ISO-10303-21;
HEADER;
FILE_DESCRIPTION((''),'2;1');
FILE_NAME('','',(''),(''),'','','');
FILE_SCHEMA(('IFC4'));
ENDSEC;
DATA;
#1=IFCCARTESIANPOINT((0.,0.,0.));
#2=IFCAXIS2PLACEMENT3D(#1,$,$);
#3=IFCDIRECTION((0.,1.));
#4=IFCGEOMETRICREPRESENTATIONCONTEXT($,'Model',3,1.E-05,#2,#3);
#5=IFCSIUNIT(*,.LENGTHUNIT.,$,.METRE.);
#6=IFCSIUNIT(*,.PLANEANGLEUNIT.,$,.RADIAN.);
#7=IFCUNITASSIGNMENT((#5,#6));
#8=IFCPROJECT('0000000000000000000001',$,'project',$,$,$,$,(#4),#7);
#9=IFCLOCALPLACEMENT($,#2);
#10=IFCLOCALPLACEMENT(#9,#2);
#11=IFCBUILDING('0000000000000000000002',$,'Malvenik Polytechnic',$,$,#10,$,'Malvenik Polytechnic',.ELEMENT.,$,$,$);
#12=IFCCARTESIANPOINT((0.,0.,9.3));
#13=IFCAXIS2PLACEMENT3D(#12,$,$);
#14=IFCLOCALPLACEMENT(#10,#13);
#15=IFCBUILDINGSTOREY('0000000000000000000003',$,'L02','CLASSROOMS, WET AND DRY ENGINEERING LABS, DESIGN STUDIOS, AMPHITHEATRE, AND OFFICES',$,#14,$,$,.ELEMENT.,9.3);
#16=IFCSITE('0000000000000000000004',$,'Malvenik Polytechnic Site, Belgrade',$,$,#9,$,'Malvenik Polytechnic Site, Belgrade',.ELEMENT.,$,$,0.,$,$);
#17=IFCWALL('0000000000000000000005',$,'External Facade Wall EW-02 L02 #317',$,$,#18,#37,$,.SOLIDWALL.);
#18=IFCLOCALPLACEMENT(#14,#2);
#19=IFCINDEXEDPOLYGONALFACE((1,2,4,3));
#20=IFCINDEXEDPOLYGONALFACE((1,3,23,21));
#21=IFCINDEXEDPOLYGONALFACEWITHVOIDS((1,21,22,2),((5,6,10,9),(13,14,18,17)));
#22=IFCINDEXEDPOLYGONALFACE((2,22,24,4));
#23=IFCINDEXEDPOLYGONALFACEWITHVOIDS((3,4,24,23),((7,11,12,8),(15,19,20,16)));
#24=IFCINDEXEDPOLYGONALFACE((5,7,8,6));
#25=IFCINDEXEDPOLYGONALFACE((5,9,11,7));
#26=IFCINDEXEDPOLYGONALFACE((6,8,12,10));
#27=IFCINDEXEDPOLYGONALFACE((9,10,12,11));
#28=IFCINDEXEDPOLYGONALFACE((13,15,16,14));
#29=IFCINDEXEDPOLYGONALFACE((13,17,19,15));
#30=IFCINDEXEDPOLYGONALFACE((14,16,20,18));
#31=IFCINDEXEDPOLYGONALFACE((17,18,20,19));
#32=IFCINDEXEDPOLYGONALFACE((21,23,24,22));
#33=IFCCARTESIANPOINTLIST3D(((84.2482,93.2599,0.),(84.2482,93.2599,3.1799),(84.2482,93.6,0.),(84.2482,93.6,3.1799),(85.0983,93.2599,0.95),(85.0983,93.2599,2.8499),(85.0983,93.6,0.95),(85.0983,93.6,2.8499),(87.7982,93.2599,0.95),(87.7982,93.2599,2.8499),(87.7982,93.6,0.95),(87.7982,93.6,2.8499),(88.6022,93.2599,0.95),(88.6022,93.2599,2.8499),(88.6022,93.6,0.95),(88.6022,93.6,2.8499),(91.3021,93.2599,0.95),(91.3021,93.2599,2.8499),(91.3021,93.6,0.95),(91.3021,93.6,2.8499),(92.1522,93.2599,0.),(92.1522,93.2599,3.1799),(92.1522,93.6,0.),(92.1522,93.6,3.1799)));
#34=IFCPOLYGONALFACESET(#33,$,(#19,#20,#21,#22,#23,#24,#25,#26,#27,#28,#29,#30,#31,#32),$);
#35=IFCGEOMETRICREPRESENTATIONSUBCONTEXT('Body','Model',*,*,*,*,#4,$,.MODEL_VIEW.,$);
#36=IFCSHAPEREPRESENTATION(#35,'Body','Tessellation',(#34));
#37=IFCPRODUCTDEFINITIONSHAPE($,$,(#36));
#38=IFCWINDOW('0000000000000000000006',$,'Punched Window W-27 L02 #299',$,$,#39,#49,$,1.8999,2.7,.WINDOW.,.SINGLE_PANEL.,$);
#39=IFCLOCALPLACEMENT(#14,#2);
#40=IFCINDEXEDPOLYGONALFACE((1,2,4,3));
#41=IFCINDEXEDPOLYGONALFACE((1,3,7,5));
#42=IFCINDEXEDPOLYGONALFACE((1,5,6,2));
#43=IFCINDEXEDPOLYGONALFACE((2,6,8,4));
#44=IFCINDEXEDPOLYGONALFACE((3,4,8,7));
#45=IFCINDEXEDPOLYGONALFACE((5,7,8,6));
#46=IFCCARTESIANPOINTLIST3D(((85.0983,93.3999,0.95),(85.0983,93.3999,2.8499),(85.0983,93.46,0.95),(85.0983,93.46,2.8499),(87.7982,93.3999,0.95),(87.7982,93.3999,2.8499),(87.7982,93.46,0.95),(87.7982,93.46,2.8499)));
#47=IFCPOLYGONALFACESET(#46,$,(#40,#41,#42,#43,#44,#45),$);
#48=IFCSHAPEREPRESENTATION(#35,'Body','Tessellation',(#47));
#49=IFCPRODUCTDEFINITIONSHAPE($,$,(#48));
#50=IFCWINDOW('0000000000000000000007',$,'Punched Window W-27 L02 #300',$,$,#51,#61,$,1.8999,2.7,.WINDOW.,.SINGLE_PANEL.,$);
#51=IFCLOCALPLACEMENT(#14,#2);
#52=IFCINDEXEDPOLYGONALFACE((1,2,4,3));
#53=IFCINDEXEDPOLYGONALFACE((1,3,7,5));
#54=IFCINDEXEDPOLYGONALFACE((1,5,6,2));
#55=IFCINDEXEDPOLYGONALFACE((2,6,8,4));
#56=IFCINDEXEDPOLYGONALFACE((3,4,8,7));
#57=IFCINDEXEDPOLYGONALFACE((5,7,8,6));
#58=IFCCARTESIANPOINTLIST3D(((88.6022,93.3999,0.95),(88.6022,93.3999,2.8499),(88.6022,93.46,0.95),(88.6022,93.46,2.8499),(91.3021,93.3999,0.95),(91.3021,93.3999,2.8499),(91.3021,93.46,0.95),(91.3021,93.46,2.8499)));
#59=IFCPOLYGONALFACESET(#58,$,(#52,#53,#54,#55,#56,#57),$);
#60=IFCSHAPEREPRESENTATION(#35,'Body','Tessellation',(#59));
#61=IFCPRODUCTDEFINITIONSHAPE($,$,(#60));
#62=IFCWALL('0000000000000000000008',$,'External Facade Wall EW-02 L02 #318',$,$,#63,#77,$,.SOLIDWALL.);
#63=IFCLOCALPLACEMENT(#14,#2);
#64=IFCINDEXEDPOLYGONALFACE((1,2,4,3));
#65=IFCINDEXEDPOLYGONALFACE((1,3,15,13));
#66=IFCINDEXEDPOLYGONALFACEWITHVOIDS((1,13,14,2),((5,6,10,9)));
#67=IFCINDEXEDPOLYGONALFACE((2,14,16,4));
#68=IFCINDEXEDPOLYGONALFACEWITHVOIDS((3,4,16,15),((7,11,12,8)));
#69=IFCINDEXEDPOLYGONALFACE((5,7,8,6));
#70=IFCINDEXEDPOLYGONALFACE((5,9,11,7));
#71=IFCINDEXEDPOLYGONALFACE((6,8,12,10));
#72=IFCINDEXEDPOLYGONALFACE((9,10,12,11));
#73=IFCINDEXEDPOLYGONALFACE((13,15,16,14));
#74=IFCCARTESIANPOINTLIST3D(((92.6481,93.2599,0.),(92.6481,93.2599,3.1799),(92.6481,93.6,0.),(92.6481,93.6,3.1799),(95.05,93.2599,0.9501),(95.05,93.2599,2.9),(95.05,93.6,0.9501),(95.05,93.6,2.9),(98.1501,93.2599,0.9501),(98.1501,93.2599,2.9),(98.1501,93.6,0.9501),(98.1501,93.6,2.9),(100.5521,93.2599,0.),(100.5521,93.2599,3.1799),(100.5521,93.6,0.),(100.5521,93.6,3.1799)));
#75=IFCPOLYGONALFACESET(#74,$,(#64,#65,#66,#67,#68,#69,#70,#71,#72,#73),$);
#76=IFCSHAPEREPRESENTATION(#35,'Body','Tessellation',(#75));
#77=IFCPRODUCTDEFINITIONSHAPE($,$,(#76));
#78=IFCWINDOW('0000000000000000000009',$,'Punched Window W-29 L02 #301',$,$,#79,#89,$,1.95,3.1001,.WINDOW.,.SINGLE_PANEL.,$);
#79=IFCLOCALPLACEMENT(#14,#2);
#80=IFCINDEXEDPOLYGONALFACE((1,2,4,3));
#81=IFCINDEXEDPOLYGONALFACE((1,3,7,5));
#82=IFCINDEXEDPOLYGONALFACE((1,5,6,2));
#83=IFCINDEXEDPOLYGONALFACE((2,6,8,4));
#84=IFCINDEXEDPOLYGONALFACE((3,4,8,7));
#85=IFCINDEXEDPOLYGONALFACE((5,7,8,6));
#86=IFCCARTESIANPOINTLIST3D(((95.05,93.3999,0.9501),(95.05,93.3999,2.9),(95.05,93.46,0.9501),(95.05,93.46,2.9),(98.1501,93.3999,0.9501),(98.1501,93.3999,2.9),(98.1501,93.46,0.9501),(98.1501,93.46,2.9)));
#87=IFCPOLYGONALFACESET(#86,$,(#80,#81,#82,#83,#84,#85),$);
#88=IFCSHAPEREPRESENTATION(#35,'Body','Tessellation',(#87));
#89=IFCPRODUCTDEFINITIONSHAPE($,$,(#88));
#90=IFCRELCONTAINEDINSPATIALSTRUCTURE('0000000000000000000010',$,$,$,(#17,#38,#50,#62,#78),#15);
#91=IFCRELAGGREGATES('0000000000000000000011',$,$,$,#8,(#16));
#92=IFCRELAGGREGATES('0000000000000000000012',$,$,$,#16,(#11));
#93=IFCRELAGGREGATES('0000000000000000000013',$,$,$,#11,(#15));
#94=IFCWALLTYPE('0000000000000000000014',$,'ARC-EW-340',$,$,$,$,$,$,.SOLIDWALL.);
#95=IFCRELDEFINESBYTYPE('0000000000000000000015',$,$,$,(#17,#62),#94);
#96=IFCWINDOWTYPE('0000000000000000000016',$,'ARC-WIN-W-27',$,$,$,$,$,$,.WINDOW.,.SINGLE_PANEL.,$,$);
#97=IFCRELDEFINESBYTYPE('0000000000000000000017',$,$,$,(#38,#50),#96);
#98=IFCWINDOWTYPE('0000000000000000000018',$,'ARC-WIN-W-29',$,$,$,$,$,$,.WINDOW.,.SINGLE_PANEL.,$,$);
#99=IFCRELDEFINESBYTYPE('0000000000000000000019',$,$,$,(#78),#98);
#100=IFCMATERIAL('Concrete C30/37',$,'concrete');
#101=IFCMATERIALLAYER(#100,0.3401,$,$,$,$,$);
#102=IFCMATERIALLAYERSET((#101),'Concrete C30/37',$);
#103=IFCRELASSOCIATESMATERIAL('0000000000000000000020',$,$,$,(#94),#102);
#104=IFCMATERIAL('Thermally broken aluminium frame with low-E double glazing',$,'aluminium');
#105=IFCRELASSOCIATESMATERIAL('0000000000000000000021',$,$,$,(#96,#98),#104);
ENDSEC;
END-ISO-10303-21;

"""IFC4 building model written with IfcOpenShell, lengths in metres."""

from ifc_helpers import new_model, si_unit, direction, frame, frame_2d, origin, place, context, subcontext, project, spatial, rectangle, extrude, material, layer, layer_set, type_object, element, fill, save


model = new_model("IFC4")

# Units and contexts
model_context = context("Model", 3, precision=1e-05, world=origin(), true_north=direction((0.0, 1.0)))
body_context = subcontext(model_context, "Body", "Model", "MODEL_VIEW")
ifc_project = project(units=[si_unit("LENGTHUNIT", "METRE"), si_unit("PLANEANGLEUNIT", "RADIAN")], contexts=[model_context])

# Site, building, storey
site_placement = place(None, origin())
site = spatial("IfcSite", under=ifc_project, at=site_placement, Name="Malvenik Polytechnic Site, Belgrade", LongName="Malvenik Polytechnic Site, Belgrade", CompositionType="ELEMENT", RefElevation=0.0)
building_placement = place(site_placement, origin())
building = spatial("IfcBuilding", under=site, at=building_placement, Name="Malvenik Polytechnic", LongName="Malvenik Polytechnic", CompositionType="ELEMENT")
storey_placement = place(building_placement, frame((0.0, 0.0, 9.3)))
storey = spatial("IfcBuildingStorey", under=building, at=storey_placement, Name="L02", Description="CLASSROOMS, WET AND DRY ENGINEERING LABS, DESIGN STUDIOS, AMPHITHEATRE, AND OFFICES", CompositionType="ELEMENT", Elevation=9.3)

# Shared definitions
ifc_material_1 = material(Name="Concrete C30/37", Category="concrete")

# Wall, openings, windows
ifc_layer_1 = layer(ifc_material_1, 0.3401)
ifc_layer_set_1 = layer_set([ifc_layer_1], Name="Concrete C30/37")
wall_type = type_object("IfcWallType", Name="ARC-EW-340", PredefinedType="SOLIDWALL", material=ifc_layer_set_1)
wall_1_placement = place(storey_placement, frame((84.248, 93.4299, 0.0), z_axis=(0.0, 0.0, 1.0), x_axis=(1.0, 0.0, 0.0)))
wall_1 = element("IfcWall", 1, at=wall_1_placement, inside=storey, type_object=wall_type, Name="External Facade Wall EW-02 L02 #317", PredefinedType="SOLIDWALL", context=body_context, shape_type="SweptSolid", body=[
    extrude(rectangle(XDim=7.9041, YDim=0.3401, at=frame_2d((3.9521, 0.0))), origin(), (0.0, 0.0, 1.0), 3.1799),
])
opening_1_placement = place(wall_1_placement, frame((0.8501, 0.0, 0.95)))
opening_1 = element("IfcOpeningElement", 2, at=opening_1_placement, cuts=wall_1, PredefinedType="OPENING", context=body_context, shape_type="SweptSolid", body=[
    extrude(rectangle(XDim=2.7, YDim=1.8999, at=frame_2d((1.3501, 0.95))), frame((0.0, 0.1802, 0.0), z_axis=(0.0, -1.0, 0.0), x_axis=(1.0, 0.0, 0.0)), (0.0, 0.0, 1.0), 0.3601),
])
opening_2_placement = place(wall_1_placement, frame((4.354, 0.0, 0.95)))
opening_2 = element("IfcOpeningElement", 3, at=opening_2_placement, cuts=wall_1, PredefinedType="OPENING", context=body_context, shape_type="SweptSolid", body=[
    extrude(rectangle(XDim=2.7, YDim=1.8999, at=frame_2d((1.3501, 0.95))), frame((0.0, 0.1802, 0.0), z_axis=(0.0, -1.0, 0.0), x_axis=(1.0, 0.0, 0.0)), (0.0, 0.0, 1.0), 0.3601),
])
ifc_material_2 = material(Name="Thermally broken aluminium frame with low-E double glazing", Category="aluminium")
window_type_1 = type_object("IfcWindowType", Name="ARC-WIN-W-27", PartitioningType="SINGLE_PANEL", PredefinedType="WINDOW", material=ifc_material_2)
window_1_placement = place(opening_1_placement, origin())
window_1 = element("IfcWindow", 4, at=window_1_placement, inside=storey, type_object=window_type_1, Name="Punched Window W-27 L02 #299", OverallHeight=1.8999, OverallWidth=2.7, PartitioningType="SINGLE_PANEL", PredefinedType="WINDOW", context=body_context, shape_type="SweptSolid", body=[
    extrude(rectangle(XDim=2.7, YDim=1.8999, at=frame_2d((1.3501, 0.95))), frame((0.0, 0.03, 0.0), z_axis=(0.0, -1.0, 0.0), x_axis=(1.0, 0.0, 0.0)), (0.0, 0.0, 1.0), 0.0601),
])
fill(opening_1, window_1)
window_2_placement = place(opening_2_placement, origin())
window_2 = element("IfcWindow", 5, at=window_2_placement, inside=storey, type_object=window_type_1, Name="Punched Window W-27 L02 #300", OverallHeight=1.8999, OverallWidth=2.7, PartitioningType="SINGLE_PANEL", PredefinedType="WINDOW", context=body_context, shape_type="SweptSolid", body=[
    extrude(rectangle(XDim=2.7, YDim=1.8999, at=frame_2d((1.3501, 0.95))), frame((0.0, 0.03, 0.0), z_axis=(0.0, -1.0, 0.0), x_axis=(1.0, 0.0, 0.0)), (0.0, 0.0, 1.0), 0.0601),
])
fill(opening_2, window_2)

# Wall, opening, window
wall_2_placement = place(storey_placement, frame((92.6479, 93.4299, 0.0), z_axis=(0.0, 0.0, 1.0), x_axis=(1.0, 0.0, 0.0)))
wall_2 = element("IfcWall", 6, at=wall_2_placement, inside=storey, type_object=wall_type, Name="External Facade Wall EW-02 L02 #318", PredefinedType="SOLIDWALL", context=body_context, shape_type="SweptSolid", body=[
    extrude(rectangle(XDim=7.9041, YDim=0.3401, at=frame_2d((3.9521, 0.0))), origin(), (0.0, 0.0, 1.0), 3.1799),
])
opening_3_placement = place(wall_2_placement, frame((2.4021, 0.0, 0.95)))
opening_3 = element("IfcOpeningElement", 7, at=opening_3_placement, cuts=wall_2, PredefinedType="OPENING", context=body_context, shape_type="SweptSolid", body=[
    extrude(rectangle(XDim=3.1001, YDim=1.95, at=frame_2d((1.55, 0.9751))), frame((0.0, 0.1802, 0.0), z_axis=(0.0, -1.0, 0.0), x_axis=(1.0, 0.0, 0.0)), (0.0, 0.0, 1.0), 0.3601),
])
window_type_2 = type_object("IfcWindowType", Name="ARC-WIN-W-29", PartitioningType="SINGLE_PANEL", PredefinedType="WINDOW", material=ifc_material_2)
window_3_placement = place(opening_3_placement, origin())
window_3 = element("IfcWindow", 8, at=window_3_placement, inside=storey, type_object=window_type_2, Name="Punched Window W-29 L02 #301", OverallHeight=1.95, OverallWidth=3.1001, PartitioningType="SINGLE_PANEL", PredefinedType="WINDOW", context=body_context, shape_type="SweptSolid", body=[
    extrude(rectangle(XDim=3.1001, YDim=1.95, at=frame_2d((1.55, 0.9751))), frame((0.0, 0.03, 0.0), z_axis=(0.0, -1.0, 0.0), x_axis=(1.0, 0.0, 0.0)), (0.0, 0.0, 1.0), 0.0601),
])
fill(opening_3, window_3)

save(model, "model.ifc")
